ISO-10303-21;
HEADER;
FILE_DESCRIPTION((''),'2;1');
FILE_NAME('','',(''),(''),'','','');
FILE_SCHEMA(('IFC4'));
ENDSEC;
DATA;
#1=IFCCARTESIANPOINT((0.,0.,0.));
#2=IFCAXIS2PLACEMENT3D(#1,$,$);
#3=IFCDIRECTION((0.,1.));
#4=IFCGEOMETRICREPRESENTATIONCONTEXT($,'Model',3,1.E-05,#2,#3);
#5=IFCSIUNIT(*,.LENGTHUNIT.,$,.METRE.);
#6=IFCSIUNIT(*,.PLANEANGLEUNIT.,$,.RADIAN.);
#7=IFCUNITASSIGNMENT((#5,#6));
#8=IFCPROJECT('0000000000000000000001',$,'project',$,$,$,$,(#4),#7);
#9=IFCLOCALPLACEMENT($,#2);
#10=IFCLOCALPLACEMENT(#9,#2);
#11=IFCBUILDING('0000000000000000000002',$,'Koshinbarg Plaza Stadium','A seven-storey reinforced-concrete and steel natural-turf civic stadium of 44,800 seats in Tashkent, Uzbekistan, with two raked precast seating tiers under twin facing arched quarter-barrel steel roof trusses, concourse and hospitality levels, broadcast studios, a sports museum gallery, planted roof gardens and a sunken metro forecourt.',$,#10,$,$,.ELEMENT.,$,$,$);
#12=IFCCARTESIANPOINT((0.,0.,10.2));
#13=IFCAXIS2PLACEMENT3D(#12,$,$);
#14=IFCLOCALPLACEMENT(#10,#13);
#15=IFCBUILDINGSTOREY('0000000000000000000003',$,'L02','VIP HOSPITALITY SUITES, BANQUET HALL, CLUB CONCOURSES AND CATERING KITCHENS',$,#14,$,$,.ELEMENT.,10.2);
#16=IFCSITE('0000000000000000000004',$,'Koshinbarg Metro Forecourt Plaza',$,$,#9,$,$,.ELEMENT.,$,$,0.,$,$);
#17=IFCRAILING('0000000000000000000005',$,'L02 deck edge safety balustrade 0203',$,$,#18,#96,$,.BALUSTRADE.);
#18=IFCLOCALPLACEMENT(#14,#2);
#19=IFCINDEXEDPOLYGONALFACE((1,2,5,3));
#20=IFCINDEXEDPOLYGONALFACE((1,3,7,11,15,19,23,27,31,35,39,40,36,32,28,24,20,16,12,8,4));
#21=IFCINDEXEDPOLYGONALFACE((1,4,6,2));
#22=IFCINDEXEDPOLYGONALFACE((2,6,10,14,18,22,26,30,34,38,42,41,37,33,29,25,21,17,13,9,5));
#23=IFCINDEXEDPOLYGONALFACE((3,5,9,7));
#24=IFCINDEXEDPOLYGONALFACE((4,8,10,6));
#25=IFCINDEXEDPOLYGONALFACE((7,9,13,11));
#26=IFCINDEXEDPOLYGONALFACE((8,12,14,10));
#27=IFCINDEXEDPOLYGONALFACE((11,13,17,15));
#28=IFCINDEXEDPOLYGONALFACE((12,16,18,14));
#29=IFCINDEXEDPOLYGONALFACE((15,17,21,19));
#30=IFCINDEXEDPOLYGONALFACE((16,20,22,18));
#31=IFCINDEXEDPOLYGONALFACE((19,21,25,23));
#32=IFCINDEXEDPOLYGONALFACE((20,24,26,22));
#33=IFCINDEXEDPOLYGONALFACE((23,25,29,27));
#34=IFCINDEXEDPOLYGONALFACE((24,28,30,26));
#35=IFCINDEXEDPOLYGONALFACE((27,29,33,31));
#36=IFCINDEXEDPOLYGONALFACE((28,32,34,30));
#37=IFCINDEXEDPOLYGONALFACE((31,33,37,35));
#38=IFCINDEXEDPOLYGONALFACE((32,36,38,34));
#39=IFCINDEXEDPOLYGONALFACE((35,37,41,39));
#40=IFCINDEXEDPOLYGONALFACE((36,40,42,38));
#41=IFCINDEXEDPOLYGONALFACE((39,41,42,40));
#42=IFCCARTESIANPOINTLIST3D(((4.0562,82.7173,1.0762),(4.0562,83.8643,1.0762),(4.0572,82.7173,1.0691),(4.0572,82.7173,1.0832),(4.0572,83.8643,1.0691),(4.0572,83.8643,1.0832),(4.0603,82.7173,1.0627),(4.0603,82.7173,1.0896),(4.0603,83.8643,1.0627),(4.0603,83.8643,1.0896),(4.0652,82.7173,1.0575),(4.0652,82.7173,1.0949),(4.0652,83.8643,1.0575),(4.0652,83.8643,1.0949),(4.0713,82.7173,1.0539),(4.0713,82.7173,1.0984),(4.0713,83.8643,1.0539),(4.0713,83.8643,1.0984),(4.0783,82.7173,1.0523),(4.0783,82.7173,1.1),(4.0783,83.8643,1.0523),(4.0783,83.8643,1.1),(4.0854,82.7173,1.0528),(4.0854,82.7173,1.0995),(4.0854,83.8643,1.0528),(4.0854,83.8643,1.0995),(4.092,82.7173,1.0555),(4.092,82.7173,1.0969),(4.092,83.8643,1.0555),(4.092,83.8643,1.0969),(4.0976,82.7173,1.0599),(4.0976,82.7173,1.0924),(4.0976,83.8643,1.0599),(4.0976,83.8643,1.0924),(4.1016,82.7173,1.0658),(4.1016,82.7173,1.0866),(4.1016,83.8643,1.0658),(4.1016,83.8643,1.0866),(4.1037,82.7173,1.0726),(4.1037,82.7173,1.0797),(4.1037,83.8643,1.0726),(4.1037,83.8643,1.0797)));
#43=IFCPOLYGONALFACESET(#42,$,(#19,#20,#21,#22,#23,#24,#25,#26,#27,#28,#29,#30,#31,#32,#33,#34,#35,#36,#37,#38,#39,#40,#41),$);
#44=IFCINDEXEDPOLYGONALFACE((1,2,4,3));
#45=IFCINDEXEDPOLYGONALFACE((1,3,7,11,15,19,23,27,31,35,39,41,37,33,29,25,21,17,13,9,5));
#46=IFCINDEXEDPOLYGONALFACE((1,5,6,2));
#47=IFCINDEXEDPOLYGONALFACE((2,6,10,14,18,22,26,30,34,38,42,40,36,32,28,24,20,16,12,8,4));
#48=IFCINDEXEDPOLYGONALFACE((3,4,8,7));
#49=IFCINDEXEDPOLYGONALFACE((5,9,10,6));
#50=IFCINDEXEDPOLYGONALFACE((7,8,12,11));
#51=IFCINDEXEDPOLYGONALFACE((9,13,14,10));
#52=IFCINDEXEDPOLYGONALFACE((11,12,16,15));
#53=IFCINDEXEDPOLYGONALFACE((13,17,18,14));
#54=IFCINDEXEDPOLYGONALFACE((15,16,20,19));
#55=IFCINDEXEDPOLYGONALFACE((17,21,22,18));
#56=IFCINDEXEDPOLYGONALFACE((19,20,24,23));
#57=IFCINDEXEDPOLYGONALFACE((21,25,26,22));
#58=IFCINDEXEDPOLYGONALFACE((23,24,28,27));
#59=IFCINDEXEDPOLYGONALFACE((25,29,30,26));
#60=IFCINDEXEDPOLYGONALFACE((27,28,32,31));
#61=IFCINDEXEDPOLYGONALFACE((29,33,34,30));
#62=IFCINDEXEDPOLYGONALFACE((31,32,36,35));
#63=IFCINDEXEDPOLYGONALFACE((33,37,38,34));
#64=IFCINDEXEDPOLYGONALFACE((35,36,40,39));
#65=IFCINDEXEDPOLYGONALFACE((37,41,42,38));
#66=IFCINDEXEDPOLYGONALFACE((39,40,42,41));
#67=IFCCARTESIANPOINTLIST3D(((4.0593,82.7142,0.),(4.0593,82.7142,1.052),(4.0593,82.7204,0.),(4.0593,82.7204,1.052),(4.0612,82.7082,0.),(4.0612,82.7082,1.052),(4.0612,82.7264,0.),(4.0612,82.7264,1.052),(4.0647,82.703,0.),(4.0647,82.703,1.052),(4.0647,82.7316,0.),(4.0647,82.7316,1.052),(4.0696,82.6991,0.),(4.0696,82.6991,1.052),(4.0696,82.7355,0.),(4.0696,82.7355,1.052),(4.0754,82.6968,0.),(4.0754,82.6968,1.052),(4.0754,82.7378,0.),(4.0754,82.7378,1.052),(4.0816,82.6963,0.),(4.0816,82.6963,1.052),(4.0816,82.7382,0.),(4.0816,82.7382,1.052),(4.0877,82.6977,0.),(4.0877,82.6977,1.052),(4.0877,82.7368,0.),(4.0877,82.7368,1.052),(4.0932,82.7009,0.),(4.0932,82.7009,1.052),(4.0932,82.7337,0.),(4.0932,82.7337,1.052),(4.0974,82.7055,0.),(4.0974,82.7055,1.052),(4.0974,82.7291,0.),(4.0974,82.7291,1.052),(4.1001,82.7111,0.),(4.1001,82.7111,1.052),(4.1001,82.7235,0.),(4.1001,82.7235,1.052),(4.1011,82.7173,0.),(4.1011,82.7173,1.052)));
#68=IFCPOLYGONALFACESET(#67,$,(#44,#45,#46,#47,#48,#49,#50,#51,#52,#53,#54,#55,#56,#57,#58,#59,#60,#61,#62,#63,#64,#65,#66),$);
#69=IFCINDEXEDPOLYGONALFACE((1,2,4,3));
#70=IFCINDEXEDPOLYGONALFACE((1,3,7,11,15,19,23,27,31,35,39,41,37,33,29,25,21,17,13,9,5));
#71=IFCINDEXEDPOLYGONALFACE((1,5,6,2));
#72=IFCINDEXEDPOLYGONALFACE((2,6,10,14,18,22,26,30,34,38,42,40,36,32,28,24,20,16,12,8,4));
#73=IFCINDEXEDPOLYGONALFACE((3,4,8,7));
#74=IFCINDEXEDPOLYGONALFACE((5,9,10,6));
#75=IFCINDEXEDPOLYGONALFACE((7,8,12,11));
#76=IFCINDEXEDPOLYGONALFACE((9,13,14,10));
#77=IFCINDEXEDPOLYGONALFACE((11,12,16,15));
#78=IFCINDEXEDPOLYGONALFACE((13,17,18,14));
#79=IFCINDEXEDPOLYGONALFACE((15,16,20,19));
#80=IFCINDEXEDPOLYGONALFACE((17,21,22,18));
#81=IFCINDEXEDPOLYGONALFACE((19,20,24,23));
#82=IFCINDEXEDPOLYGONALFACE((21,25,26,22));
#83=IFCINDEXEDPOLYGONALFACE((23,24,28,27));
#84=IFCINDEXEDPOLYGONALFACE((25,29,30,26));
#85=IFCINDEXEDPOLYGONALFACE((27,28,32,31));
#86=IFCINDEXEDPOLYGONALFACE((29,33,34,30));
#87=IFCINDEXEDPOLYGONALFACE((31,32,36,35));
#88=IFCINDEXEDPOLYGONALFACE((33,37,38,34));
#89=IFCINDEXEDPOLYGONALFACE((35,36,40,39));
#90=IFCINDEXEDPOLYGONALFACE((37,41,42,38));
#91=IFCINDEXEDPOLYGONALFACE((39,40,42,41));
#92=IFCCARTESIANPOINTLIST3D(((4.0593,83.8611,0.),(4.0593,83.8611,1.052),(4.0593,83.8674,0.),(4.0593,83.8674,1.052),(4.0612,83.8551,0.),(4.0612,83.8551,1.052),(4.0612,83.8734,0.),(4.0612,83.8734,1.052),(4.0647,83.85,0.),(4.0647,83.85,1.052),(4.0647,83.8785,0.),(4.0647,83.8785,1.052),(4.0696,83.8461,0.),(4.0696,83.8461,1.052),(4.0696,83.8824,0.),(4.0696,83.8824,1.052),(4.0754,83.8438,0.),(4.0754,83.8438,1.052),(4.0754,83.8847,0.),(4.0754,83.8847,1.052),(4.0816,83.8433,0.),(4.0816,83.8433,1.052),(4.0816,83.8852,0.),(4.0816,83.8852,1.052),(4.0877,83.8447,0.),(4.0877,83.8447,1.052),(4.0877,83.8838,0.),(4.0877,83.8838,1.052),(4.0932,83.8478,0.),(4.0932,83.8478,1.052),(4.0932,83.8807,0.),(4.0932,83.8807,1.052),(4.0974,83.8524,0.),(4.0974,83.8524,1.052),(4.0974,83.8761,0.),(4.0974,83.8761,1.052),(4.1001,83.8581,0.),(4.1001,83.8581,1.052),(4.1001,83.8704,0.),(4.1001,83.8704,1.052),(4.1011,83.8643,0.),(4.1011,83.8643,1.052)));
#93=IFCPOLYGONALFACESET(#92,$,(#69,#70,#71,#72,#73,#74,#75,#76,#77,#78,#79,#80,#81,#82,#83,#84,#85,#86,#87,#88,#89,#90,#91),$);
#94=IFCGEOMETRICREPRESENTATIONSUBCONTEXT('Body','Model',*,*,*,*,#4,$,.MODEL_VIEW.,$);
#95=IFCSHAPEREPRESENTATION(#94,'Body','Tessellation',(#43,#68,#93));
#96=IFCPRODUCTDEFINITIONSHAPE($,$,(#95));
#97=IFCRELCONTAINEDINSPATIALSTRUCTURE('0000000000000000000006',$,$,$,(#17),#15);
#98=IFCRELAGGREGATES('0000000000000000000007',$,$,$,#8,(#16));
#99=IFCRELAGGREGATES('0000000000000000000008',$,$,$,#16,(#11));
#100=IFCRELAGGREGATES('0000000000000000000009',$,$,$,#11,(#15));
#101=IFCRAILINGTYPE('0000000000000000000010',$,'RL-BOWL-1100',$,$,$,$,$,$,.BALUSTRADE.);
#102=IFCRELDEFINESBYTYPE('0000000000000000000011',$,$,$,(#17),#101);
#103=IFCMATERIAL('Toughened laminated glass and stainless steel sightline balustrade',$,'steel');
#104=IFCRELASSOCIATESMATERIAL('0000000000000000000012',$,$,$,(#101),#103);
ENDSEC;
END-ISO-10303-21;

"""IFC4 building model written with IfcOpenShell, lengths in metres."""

from ifc_helpers import new_model, si_unit, direction, frame, origin, origin_2d, place, context, subcontext, project, spatial, circle, extrude, material, type_object, element, save


model = new_model("IFC4")

# Units and contexts
model_context = context("Model", 3, precision=1e-05, world=origin(), true_north=direction((0.0, 1.0)))
body_context = subcontext(model_context, "Body", "Model", "MODEL_VIEW")
ifc_project = project(units=[si_unit("LENGTHUNIT", "METRE"), si_unit("PLANEANGLEUNIT", "RADIAN")], contexts=[model_context])

# Site, building, storey
site_placement = place(None, origin())
site = spatial("IfcSite", under=ifc_project, at=site_placement, Name="Koshinbarg Metro Forecourt Plaza", CompositionType="ELEMENT", RefElevation=0.0)
building_placement = place(site_placement, origin())
building = spatial("IfcBuilding", under=site, at=building_placement, Name="Koshinbarg Plaza Stadium", Description="A seven-storey reinforced-concrete and steel natural-turf civic stadium of 44,800 seats in Tashkent, Uzbekistan, with two raked precast seating tiers under twin facing arched quarter-barrel steel roof trusses, concourse and hospitality levels, broadcast studios, a sports museum gallery, planted roof gardens and a sunken metro forecourt.", CompositionType="ELEMENT")
storey_placement = place(building_placement, frame((0.0, 0.0, 10.2)))
storey = spatial("IfcBuildingStorey", under=building, at=storey_placement, Name="L02", Description="VIP HOSPITALITY SUITES, BANQUET HALL, CLUB CONCOURSES AND CATERING KITCHENS", CompositionType="ELEMENT", Elevation=10.2)

# Railing
ifc_material_1 = material(Name="Toughened laminated glass and stainless steel sightline balustrade", Category="steel")
railing_type = type_object("IfcRailingType", Name="RL-BOWL-1100", PredefinedType="BALUSTRADE", material=ifc_material_1)
railing_1_placement = place(storey_placement, frame((4.0801, 82.7173, 0.0)))
element("IfcRailing", 1, at=railing_1_placement, inside=storey, type_object=railing_type, Name="L02 deck edge safety balustrade 0203", PredefinedType="BALUSTRADE", context=body_context, shape_type="SweptSolid", body=[
    extrude(circle(Radius=0.0239, at=origin_2d()), frame((0.0, 0.0, 1.0762), z_axis=(0.0, 1.0, 0.0), x_axis=(-1.0, 0.0, 0.0)), (0.0, 0.0, 1.0), 1.147),
    extrude(circle(Radius=0.021, at=origin_2d()), origin(), (0.0, 0.0, 1.0), 1.052),
    extrude(circle(Radius=0.021, at=origin_2d()), frame((0.0, 1.147, 0.0)), (0.0, 0.0, 1.0), 1.052),
])

save(model, "model.ifc")
